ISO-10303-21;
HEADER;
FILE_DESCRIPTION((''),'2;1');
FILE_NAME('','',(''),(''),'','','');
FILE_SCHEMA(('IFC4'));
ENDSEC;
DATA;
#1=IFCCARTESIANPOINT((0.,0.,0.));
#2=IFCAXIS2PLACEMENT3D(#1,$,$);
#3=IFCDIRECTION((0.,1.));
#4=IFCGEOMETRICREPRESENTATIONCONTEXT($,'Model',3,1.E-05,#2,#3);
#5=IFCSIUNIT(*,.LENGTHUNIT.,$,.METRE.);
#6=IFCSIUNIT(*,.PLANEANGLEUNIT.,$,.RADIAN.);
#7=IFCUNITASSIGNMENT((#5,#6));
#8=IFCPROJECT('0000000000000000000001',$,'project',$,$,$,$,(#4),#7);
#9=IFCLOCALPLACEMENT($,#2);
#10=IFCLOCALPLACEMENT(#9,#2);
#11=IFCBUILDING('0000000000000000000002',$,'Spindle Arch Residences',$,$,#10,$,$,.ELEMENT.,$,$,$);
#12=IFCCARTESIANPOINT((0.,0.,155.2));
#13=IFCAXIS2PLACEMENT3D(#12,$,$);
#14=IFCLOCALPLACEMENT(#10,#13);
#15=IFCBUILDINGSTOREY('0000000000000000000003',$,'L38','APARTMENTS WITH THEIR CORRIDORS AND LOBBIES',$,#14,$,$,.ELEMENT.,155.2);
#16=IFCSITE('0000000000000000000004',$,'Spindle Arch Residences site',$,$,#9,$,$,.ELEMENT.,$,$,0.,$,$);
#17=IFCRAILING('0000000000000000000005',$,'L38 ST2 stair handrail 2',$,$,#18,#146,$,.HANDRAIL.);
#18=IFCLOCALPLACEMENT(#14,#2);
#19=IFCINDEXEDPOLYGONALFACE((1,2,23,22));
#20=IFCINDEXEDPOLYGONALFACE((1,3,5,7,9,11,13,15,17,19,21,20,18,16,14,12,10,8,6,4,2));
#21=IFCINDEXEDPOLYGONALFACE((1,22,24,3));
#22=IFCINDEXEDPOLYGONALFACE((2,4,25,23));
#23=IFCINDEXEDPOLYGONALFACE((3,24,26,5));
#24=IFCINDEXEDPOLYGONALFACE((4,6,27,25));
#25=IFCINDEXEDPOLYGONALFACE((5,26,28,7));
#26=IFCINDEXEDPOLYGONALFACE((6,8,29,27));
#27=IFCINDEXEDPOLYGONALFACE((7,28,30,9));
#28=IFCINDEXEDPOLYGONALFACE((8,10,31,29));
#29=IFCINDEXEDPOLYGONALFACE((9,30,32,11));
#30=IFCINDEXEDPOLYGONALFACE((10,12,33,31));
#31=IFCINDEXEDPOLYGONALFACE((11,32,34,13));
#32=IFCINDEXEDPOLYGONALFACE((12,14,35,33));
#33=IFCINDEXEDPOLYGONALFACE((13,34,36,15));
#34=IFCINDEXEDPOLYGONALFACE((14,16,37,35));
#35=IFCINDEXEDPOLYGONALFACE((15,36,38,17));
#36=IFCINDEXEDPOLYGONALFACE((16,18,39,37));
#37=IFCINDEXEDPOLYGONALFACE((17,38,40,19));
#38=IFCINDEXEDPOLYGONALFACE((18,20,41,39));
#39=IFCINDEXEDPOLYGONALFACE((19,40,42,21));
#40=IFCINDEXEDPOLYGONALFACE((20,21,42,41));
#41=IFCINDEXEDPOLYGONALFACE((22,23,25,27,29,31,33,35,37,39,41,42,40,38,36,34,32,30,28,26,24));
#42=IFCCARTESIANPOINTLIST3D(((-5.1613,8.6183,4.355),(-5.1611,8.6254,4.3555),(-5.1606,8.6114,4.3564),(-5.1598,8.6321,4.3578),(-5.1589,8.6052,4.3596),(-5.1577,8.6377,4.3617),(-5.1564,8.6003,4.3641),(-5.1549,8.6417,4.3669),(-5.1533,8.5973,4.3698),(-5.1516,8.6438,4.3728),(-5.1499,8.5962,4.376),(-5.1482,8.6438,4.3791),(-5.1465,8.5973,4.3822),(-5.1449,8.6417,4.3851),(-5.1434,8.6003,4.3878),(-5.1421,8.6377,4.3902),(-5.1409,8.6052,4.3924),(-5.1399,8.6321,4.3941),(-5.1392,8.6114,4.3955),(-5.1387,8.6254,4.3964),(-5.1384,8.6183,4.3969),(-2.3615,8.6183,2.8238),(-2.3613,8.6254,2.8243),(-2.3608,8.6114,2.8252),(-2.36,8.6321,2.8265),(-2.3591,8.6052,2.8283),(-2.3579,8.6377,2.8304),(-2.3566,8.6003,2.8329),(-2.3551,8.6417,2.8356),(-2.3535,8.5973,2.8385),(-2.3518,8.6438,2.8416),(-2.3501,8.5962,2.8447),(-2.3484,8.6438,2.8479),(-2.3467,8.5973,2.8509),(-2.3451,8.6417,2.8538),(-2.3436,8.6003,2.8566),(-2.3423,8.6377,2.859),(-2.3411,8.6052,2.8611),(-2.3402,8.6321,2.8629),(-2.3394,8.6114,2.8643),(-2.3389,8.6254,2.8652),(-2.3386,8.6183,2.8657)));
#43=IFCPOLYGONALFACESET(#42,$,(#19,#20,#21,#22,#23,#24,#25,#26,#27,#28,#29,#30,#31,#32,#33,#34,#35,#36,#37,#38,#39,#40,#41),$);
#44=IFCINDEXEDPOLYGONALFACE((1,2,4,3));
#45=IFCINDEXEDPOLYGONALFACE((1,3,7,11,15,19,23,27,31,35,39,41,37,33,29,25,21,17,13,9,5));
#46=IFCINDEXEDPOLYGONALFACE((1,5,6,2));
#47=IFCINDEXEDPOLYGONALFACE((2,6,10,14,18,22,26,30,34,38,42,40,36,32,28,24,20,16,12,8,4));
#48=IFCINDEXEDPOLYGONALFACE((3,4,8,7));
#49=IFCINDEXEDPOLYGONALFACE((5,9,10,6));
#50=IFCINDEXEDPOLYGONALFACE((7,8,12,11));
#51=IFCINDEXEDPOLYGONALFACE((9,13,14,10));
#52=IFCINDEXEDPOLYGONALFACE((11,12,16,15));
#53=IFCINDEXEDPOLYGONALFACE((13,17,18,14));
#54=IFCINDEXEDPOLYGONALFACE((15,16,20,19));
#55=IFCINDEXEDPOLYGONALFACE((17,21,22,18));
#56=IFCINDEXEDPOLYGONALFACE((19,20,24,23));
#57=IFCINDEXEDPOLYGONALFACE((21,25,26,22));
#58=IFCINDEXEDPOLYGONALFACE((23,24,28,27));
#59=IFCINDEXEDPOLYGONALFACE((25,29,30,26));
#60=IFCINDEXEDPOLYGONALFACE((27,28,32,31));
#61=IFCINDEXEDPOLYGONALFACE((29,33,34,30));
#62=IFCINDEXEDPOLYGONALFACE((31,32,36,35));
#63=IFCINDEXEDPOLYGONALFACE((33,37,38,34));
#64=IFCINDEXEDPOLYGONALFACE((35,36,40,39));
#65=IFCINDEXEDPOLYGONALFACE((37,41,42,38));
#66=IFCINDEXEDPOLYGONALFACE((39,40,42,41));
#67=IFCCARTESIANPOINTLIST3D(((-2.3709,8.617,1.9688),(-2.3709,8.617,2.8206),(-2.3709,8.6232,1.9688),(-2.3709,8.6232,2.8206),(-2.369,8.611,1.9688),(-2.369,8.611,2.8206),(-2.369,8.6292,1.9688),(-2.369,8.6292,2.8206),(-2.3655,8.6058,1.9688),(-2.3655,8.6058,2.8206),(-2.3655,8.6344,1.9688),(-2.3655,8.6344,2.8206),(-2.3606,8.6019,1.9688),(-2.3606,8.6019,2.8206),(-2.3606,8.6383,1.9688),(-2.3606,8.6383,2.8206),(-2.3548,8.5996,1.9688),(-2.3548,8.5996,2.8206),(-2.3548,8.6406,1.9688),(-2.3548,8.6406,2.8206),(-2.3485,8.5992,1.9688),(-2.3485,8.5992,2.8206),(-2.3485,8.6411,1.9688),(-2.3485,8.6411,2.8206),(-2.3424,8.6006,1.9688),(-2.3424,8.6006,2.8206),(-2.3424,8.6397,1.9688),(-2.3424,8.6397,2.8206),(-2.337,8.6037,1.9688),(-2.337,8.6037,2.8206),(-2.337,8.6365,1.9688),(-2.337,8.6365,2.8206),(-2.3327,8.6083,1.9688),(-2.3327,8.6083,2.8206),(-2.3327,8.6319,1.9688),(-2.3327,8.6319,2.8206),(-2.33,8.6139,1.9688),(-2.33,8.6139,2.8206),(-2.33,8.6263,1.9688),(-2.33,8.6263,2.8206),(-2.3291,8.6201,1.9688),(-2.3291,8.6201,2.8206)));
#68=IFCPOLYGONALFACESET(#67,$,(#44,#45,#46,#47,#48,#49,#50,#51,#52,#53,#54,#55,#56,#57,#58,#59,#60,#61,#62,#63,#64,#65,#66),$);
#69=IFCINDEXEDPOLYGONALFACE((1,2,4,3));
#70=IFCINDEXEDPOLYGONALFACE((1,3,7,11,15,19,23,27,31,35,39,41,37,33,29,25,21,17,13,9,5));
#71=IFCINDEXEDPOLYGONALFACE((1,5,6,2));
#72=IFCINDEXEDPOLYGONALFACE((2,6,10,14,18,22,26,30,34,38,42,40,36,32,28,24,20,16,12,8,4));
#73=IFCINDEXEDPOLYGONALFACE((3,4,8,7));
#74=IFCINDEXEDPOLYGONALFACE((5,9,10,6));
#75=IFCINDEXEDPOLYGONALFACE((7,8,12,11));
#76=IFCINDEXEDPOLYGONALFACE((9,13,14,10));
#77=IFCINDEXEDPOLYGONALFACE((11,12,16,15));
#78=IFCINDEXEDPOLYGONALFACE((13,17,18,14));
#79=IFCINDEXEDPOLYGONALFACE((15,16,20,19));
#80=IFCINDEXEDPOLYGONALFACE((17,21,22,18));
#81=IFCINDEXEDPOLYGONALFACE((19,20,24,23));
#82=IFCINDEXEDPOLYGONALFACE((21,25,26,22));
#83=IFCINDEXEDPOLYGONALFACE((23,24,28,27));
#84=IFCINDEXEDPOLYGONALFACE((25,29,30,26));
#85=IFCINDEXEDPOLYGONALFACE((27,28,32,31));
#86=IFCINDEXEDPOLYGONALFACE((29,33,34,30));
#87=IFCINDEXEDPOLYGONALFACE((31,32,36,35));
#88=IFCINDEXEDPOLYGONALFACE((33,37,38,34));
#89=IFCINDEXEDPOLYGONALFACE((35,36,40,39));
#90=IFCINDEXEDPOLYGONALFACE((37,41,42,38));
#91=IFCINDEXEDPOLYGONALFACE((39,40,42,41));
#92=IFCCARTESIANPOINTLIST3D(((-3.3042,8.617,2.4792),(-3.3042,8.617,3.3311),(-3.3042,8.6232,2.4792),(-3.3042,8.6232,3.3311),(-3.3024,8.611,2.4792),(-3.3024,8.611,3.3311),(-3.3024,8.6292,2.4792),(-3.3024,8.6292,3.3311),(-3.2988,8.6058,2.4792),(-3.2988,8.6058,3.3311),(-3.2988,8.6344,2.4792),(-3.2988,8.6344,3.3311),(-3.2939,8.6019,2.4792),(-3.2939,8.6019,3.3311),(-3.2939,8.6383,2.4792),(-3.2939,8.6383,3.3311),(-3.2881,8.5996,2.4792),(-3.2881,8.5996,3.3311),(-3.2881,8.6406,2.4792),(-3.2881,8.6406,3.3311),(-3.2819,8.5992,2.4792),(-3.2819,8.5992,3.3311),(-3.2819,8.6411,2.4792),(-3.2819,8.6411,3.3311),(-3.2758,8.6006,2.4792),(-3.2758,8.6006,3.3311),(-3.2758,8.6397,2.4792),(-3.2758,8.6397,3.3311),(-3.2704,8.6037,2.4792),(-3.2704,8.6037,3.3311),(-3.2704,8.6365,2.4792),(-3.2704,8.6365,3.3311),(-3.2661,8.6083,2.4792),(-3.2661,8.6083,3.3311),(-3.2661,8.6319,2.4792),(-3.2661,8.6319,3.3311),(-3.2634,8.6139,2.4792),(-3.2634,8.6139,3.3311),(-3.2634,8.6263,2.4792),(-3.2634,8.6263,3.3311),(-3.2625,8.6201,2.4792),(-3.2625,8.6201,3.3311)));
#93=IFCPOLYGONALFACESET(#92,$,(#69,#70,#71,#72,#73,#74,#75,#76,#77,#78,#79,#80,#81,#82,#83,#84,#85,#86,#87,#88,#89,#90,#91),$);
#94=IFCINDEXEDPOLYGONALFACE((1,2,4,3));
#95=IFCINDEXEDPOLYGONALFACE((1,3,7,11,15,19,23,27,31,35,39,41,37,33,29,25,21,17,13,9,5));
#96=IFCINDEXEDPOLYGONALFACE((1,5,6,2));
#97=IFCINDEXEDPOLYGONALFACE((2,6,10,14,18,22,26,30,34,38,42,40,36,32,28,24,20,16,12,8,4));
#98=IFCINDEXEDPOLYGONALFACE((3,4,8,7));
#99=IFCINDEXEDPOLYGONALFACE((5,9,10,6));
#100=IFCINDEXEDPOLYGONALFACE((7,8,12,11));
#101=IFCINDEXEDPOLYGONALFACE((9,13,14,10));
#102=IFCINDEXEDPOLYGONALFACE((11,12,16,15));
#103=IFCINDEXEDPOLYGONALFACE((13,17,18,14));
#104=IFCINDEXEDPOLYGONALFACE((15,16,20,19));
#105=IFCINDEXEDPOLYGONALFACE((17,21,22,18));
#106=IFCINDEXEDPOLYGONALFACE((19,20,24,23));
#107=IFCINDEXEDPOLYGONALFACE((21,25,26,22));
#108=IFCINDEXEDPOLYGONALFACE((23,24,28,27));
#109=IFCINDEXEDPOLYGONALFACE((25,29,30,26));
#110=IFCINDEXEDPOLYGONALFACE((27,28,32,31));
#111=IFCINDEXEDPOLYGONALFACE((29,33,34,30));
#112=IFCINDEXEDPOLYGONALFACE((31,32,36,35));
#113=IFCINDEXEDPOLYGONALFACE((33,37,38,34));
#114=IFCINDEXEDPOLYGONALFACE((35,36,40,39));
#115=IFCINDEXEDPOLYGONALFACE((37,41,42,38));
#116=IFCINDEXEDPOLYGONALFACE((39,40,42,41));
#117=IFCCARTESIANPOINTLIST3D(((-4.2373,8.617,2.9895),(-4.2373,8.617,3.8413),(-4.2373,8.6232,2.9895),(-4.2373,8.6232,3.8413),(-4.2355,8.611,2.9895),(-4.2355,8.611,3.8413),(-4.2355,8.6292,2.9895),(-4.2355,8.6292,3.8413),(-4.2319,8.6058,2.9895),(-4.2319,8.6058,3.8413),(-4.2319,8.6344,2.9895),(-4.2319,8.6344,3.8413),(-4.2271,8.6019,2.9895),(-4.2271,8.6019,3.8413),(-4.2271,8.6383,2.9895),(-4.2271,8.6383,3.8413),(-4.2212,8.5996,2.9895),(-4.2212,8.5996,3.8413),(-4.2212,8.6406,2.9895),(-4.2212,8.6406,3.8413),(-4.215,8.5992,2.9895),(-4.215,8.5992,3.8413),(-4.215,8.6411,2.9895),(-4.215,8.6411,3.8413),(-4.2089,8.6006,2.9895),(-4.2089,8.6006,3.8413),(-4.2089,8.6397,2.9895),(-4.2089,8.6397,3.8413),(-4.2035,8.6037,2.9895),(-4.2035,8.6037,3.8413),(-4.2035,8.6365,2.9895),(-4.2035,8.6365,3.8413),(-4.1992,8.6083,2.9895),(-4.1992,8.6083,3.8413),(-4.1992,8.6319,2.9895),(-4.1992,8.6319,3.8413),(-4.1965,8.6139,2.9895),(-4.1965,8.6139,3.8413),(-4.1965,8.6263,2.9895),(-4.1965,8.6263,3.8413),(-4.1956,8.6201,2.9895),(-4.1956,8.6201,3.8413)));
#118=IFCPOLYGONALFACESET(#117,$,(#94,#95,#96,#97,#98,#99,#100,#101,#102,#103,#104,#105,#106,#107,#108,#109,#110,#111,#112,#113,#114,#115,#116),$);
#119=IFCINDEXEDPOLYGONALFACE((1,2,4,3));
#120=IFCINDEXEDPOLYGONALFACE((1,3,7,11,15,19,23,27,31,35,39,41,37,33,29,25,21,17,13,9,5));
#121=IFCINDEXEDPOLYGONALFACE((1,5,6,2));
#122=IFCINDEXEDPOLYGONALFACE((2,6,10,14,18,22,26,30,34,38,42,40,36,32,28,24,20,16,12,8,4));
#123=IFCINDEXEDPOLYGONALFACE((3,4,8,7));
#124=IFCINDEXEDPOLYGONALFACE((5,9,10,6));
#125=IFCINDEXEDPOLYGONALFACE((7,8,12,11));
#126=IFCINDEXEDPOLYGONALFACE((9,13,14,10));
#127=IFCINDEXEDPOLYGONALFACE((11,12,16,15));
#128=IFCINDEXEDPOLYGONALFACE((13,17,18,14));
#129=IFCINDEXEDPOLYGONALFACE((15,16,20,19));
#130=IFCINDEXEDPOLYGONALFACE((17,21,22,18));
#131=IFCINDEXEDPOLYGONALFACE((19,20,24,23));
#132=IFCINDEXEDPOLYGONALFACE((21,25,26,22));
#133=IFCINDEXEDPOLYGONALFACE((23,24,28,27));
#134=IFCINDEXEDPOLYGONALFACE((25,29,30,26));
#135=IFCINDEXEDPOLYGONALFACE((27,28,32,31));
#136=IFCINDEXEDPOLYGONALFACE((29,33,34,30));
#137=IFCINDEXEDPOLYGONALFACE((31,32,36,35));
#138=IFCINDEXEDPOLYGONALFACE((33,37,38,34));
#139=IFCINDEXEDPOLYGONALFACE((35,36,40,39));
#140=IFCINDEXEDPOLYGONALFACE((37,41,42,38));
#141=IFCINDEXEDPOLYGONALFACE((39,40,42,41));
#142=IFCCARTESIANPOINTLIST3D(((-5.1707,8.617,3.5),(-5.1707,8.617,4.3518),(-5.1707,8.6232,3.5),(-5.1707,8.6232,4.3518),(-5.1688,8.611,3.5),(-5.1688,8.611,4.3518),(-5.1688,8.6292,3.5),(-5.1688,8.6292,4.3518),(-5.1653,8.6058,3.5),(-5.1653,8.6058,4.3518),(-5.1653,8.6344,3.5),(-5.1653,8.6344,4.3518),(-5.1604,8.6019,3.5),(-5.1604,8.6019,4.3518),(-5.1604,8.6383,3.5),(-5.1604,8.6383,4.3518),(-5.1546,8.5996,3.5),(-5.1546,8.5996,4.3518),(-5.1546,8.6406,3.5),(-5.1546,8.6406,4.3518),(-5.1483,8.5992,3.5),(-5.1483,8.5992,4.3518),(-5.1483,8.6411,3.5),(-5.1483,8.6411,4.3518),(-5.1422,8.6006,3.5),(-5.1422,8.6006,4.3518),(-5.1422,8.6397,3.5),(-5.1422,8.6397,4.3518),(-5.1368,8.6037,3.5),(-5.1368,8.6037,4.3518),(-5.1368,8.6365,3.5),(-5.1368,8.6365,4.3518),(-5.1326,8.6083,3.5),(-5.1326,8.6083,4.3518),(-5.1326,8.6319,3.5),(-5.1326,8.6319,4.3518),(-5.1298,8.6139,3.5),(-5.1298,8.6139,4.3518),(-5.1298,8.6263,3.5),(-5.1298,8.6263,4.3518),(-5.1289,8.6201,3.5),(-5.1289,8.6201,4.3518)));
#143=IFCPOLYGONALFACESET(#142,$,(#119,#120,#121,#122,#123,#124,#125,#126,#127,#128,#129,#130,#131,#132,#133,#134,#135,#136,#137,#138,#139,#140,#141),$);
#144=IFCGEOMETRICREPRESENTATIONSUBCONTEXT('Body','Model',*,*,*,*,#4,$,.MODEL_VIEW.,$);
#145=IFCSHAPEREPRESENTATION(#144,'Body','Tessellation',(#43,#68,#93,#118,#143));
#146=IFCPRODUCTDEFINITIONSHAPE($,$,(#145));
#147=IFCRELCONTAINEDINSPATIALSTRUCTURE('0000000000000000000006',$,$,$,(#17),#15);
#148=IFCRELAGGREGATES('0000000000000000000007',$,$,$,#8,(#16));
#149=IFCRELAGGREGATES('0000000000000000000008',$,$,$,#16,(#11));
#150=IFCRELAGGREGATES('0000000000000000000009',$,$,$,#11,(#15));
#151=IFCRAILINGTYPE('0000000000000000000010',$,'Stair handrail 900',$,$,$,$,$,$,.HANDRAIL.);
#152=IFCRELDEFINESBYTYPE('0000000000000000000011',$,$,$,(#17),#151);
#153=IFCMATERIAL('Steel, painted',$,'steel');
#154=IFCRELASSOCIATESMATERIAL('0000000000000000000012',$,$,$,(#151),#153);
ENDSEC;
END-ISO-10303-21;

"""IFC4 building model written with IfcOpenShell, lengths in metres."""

from ifc_helpers import new_model, si_unit, direction, frame, origin, origin_2d, place, context, subcontext, project, spatial, circle, extrude, material, type_object, element, save


model = new_model("IFC4")

# Units and contexts
model_context = context("Model", 3, precision=1e-05, world=origin(), true_north=direction((0.0, 1.0)))
body_context = subcontext(model_context, "Body", "Model", "MODEL_VIEW")
ifc_project = project(units=[si_unit("LENGTHUNIT", "METRE"), si_unit("PLANEANGLEUNIT", "RADIAN")], contexts=[model_context])

# Site, building, storey
site_placement = place(None, origin())
site = spatial("IfcSite", under=ifc_project, at=site_placement, Name="Spindle Arch Residences site", CompositionType="ELEMENT", RefElevation=0.0)
building_placement = place(site_placement, origin())
building = spatial("IfcBuilding", under=site, at=building_placement, Name="Spindle Arch Residences", CompositionType="ELEMENT")
storey_placement = place(building_placement, frame((0.0, 0.0, 155.2)))
storey = spatial("IfcBuildingStorey", under=building, at=storey_placement, Name="L38", Description="APARTMENTS WITH THEIR CORRIDORS AND LOBBIES", CompositionType="ELEMENT", Elevation=155.2)

# Railing
ifc_material_1 = material(Name="Steel, painted", Category="steel")
railing_type_1 = type_object("IfcRailingType", Name="Stair handrail 900", PredefinedType="HANDRAIL", material=ifc_material_1)
railing_1_placement = place(storey_placement, frame((-2.3501, 8.6201, 1.9688)))
element("IfcRailing", 1, at=railing_1_placement, inside=storey, type_object=railing_type_1, Name="L38 ST2 stair handrail 2", PredefinedType="HANDRAIL", context=body_context, shape_type="SweptSolid", body=[
    extrude(circle(Radius=0.0239, at=origin_2d()), frame((0.0, 0.0, 0.876), z_axis=(-0.877357, 0.0, 0.479838), x_axis=(0.0, -1.0, 0.0)), (0.0, 0.0, 1.0), 3.1912),
    extrude(circle(Radius=0.021, at=origin_2d()), origin(), (0.0, 0.0, 1.0), 0.8518),
    extrude(circle(Radius=0.021, at=origin_2d()), frame((-0.9333, 0.0, 0.5105)), (0.0, 0.0, 1.0), 0.8518),
    extrude(circle(Radius=0.021, at=origin_2d()), frame((-1.8665, 0.0, 1.0208)), (0.0, 0.0, 1.0), 0.8518),
    extrude(circle(Radius=0.021, at=origin_2d()), frame((-2.7998, 0.0, 1.5312)), (0.0, 0.0, 1.0), 0.8518),
])

save(model, "model.ifc")
